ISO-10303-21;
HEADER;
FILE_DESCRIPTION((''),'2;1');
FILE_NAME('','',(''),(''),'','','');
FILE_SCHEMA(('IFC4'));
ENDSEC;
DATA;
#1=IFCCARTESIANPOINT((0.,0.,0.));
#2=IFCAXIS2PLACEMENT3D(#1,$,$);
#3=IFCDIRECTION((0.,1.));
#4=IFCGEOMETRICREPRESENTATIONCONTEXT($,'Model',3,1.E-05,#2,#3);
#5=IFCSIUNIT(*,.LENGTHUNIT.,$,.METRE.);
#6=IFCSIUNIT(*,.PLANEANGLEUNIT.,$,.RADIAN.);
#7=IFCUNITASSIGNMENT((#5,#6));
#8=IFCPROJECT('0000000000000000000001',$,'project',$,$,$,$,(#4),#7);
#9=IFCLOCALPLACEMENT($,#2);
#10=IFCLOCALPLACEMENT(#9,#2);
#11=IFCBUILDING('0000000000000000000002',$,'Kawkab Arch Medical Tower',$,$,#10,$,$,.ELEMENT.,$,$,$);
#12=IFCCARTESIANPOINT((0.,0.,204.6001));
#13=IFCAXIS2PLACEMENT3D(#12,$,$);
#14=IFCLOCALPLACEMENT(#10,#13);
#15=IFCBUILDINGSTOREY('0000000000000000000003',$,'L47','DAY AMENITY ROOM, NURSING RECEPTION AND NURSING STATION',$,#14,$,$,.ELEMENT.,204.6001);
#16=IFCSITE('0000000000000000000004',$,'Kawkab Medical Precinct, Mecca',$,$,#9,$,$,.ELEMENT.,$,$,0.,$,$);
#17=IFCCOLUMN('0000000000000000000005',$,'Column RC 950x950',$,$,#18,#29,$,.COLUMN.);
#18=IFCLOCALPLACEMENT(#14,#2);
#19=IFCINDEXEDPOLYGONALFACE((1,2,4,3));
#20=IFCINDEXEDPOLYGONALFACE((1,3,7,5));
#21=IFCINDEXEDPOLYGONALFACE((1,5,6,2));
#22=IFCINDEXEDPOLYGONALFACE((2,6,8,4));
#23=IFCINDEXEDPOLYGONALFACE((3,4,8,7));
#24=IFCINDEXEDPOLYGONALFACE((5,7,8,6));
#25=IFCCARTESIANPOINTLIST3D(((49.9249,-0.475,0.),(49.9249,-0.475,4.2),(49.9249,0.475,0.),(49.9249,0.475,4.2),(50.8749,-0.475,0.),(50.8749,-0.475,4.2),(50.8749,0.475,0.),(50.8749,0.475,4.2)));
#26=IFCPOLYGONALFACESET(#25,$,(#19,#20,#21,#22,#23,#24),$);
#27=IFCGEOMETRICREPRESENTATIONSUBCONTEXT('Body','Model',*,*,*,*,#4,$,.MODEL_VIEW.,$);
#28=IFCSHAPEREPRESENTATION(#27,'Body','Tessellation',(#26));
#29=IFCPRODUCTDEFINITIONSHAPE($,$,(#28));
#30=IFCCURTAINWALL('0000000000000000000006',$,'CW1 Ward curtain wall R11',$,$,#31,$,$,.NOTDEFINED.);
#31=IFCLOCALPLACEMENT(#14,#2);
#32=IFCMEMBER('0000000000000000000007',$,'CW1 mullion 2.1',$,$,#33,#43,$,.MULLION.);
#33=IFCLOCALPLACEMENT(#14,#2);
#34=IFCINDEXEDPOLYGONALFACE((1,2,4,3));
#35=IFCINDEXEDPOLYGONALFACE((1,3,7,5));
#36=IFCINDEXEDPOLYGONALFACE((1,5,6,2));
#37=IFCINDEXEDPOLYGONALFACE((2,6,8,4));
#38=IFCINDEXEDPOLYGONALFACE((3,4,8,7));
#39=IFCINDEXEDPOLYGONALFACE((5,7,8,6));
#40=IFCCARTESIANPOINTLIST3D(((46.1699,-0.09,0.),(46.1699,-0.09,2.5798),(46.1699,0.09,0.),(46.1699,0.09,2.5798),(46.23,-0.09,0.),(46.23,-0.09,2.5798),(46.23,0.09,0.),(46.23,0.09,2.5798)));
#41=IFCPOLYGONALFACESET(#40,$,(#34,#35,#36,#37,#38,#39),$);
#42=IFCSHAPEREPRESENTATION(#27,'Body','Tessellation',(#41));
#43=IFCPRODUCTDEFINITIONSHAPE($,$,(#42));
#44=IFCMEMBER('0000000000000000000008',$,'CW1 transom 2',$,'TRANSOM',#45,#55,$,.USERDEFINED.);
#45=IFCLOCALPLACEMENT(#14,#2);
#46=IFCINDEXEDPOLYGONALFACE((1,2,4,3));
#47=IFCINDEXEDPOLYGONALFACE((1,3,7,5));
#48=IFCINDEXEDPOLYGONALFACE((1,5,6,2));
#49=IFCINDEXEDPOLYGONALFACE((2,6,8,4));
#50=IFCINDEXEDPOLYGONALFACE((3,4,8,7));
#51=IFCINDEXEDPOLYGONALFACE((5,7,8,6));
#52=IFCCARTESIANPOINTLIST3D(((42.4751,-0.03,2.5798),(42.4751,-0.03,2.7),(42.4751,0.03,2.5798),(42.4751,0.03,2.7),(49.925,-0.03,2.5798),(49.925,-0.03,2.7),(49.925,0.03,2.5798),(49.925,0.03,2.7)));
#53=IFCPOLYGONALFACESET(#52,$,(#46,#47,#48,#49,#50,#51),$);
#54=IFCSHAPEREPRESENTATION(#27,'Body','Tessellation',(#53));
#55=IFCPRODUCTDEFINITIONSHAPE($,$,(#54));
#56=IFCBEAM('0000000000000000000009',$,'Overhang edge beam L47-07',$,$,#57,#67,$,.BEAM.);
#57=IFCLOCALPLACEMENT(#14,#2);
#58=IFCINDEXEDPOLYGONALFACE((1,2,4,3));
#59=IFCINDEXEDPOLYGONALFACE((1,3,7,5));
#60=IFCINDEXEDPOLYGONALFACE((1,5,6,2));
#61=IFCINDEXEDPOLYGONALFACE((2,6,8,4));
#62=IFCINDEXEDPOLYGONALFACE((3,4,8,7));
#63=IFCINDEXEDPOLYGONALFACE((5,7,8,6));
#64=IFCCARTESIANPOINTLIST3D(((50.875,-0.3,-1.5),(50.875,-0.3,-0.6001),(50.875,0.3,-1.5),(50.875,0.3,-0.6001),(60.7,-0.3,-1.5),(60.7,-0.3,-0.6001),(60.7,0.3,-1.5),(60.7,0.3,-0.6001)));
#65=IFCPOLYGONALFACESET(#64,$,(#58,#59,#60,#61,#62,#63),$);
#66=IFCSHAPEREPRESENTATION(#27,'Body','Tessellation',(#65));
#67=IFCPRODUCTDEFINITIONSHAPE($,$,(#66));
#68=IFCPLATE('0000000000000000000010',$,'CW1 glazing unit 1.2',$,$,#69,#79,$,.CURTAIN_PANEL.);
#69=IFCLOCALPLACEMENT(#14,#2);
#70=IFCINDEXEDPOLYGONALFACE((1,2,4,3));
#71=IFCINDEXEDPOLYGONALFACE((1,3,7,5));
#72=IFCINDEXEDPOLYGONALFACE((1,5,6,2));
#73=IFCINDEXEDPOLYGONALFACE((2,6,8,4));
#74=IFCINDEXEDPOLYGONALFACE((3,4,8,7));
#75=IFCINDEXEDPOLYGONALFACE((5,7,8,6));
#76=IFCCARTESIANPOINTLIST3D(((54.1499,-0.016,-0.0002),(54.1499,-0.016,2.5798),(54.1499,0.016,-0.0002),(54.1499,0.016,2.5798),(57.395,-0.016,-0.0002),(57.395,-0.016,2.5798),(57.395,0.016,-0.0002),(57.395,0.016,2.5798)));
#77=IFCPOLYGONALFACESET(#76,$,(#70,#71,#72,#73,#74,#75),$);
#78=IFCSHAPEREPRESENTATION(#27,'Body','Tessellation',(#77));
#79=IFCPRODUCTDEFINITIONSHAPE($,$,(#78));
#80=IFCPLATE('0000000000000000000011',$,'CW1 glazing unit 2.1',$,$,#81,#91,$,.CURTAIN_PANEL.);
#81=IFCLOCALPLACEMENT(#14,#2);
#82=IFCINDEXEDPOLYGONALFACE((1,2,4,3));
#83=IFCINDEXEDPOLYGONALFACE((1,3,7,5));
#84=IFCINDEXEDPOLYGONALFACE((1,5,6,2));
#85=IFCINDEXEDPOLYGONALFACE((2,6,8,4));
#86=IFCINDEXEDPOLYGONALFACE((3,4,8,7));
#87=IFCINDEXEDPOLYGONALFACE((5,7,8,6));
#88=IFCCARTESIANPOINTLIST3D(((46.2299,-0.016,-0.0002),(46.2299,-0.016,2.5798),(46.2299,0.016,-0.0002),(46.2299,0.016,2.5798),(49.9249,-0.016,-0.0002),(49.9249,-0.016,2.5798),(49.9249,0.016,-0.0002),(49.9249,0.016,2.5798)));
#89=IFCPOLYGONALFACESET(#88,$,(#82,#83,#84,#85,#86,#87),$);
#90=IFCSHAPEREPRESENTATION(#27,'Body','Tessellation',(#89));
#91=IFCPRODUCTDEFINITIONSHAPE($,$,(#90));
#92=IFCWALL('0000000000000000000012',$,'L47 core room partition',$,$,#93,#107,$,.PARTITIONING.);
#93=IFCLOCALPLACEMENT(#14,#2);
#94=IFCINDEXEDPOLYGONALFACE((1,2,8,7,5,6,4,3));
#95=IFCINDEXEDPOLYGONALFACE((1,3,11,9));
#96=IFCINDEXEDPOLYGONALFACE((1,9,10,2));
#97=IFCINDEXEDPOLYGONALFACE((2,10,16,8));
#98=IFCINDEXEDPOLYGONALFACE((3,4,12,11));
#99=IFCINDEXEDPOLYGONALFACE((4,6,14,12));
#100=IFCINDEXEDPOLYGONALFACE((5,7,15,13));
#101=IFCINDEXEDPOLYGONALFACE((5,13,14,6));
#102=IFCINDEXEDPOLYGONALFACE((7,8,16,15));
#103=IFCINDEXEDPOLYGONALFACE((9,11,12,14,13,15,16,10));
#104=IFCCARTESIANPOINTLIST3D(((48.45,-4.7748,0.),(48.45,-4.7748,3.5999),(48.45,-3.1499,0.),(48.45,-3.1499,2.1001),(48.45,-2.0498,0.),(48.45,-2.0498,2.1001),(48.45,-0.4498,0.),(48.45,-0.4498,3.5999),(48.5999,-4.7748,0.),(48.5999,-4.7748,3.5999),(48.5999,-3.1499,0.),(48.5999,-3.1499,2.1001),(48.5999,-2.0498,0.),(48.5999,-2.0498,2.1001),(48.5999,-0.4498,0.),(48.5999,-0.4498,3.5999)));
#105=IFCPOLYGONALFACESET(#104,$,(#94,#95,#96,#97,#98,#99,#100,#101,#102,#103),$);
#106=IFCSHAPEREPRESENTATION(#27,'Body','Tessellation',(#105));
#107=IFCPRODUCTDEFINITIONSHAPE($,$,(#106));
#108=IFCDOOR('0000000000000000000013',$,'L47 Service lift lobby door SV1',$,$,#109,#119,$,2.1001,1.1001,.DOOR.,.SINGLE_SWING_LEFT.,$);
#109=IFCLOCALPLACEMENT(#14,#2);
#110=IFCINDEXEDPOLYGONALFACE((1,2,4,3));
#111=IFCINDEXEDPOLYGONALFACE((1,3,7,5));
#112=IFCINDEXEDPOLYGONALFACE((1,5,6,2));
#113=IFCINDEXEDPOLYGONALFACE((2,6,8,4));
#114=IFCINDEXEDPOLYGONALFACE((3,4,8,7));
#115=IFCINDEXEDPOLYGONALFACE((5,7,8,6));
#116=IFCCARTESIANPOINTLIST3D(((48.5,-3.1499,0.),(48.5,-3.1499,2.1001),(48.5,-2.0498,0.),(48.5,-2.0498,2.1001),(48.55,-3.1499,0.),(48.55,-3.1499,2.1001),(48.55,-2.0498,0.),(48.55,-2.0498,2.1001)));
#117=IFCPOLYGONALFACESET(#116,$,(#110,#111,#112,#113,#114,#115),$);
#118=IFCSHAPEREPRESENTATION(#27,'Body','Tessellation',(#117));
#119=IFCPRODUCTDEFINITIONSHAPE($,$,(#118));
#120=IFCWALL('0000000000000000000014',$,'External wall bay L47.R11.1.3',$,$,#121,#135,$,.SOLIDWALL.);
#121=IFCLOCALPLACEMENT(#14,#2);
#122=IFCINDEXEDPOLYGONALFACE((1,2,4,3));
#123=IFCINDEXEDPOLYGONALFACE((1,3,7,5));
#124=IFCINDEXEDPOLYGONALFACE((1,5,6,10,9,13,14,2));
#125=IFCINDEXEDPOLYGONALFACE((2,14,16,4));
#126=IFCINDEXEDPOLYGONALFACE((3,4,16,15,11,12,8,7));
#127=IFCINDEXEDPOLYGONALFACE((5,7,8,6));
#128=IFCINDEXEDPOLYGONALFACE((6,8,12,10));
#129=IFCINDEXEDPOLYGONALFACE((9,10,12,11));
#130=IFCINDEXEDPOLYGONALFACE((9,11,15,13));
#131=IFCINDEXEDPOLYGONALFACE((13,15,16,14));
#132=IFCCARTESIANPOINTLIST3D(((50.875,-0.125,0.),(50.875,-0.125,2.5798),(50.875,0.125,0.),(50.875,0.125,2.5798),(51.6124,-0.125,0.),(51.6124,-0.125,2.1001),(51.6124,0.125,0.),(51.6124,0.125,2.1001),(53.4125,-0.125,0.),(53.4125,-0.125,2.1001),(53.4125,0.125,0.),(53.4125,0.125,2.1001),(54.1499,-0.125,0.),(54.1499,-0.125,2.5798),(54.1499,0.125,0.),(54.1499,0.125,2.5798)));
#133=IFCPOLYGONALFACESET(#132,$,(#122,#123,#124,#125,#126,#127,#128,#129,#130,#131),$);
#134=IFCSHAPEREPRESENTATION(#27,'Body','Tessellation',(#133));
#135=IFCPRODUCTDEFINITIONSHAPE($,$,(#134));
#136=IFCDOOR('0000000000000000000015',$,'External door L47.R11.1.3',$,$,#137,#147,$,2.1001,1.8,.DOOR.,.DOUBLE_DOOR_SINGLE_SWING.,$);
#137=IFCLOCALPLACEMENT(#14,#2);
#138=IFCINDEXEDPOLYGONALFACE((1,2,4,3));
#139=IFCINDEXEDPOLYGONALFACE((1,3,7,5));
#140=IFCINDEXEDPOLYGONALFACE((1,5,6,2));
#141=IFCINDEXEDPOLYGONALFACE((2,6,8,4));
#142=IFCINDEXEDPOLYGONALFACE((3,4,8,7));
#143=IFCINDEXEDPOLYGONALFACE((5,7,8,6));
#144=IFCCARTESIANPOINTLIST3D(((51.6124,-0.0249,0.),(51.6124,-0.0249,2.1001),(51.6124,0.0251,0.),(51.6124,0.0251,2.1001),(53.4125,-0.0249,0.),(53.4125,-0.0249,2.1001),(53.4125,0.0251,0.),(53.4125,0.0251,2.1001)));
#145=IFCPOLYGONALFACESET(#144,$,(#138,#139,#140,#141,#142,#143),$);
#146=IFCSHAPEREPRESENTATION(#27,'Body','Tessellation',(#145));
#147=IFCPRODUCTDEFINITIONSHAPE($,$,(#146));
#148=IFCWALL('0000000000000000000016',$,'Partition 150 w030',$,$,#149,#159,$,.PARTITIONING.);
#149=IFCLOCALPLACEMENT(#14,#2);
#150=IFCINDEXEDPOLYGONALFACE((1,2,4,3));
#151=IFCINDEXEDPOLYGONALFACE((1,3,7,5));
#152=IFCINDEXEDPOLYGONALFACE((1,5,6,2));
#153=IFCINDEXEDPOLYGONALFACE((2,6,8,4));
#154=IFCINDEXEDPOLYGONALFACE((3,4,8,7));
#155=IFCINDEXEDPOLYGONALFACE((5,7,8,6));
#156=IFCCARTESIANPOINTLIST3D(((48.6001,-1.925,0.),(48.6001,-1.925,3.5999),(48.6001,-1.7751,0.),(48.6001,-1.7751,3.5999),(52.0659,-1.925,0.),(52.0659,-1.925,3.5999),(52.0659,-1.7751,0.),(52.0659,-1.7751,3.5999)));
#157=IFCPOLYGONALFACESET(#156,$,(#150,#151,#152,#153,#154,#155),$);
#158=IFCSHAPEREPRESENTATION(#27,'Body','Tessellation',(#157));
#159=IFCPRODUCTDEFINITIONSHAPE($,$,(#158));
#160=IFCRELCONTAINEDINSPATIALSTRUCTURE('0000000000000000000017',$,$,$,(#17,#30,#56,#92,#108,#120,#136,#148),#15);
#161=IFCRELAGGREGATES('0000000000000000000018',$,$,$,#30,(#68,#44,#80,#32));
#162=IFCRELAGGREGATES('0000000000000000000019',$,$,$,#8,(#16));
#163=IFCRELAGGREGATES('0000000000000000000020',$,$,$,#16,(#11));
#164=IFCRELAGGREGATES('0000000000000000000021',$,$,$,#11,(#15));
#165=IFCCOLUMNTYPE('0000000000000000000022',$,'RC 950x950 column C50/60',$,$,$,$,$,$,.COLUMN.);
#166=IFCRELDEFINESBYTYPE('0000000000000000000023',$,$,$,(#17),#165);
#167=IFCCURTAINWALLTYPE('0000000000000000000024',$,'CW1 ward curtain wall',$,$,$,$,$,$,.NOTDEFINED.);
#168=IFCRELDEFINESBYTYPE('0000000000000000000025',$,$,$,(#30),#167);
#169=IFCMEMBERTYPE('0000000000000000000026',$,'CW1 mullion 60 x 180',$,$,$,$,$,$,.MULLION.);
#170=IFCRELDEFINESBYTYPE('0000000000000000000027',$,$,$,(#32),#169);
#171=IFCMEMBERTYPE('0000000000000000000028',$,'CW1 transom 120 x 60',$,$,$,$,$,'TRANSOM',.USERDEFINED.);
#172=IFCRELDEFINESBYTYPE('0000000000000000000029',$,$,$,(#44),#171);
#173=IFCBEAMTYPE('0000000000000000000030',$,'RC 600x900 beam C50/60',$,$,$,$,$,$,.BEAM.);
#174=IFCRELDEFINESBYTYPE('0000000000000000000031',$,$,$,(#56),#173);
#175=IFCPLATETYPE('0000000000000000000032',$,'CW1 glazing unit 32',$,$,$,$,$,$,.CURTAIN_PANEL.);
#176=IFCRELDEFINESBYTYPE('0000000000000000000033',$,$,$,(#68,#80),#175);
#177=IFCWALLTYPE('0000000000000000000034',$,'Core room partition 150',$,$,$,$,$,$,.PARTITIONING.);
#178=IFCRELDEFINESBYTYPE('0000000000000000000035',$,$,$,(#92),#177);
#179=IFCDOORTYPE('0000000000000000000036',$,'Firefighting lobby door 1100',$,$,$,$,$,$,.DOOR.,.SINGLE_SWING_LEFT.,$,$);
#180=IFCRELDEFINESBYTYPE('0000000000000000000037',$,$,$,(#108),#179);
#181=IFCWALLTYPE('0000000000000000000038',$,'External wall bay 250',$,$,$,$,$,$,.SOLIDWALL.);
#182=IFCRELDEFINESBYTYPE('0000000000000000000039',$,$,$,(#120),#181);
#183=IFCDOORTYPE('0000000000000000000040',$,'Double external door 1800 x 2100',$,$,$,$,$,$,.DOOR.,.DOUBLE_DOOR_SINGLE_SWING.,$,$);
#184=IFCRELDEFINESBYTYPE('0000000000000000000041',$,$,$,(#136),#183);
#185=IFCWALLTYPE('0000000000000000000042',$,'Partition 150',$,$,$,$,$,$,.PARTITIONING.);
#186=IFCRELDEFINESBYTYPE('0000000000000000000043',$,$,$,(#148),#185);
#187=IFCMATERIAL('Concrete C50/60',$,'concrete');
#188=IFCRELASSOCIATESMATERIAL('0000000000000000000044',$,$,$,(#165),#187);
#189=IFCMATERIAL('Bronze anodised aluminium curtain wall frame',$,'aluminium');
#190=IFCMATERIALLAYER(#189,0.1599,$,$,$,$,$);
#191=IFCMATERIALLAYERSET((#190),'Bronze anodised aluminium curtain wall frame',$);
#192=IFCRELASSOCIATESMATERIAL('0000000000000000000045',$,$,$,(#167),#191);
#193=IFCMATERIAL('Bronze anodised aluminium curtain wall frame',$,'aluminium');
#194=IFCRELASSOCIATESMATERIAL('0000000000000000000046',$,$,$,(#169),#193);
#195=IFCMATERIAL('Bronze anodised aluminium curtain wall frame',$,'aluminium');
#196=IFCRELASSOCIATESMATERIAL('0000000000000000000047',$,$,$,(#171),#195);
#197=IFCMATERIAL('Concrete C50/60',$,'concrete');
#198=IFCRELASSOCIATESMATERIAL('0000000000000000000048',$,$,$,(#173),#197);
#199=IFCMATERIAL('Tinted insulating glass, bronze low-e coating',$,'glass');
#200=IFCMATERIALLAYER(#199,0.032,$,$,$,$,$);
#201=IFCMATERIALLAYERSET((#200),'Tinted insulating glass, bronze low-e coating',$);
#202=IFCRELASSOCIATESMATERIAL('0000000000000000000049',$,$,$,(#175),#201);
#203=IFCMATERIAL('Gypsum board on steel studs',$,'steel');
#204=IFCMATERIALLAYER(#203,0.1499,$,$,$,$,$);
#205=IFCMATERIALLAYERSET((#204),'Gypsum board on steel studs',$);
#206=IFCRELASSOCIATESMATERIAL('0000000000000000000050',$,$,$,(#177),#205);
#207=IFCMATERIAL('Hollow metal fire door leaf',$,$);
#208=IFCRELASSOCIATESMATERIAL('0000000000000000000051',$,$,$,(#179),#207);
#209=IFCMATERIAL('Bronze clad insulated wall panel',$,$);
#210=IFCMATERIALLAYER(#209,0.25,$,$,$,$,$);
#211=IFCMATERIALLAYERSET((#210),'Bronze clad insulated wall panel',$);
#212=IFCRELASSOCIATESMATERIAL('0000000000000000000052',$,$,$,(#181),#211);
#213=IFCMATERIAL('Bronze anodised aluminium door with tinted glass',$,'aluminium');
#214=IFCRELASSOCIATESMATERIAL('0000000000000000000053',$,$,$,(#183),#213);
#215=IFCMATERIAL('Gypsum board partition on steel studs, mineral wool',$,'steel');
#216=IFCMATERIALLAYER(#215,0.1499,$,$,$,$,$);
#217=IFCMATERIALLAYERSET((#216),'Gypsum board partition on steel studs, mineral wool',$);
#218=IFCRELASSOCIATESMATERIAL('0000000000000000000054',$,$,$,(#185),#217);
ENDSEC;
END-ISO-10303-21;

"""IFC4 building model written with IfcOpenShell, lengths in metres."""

from ifc_helpers import new_model, si_unit, direction, frame, frame_2d, origin, origin_2d, place, context, subcontext, project, spatial, rectangle, extrude, material, layer, layer_set, material_profile, profile_set, type_object, element, fill, aggregate, save


model = new_model("IFC4")

# Units and contexts
model_context = context("Model", 3, precision=1e-05, world=origin(), true_north=direction((0.0, 1.0)))
body_context = subcontext(model_context, "Body", "Model", "MODEL_VIEW")
ifc_project = project(units=[si_unit("LENGTHUNIT", "METRE"), si_unit("PLANEANGLEUNIT", "RADIAN")], contexts=[model_context])

# Site, building, storey
site_placement = place(None, origin())
site = spatial("IfcSite", under=ifc_project, at=site_placement, Name="Kawkab Medical Precinct, Mecca", CompositionType="ELEMENT", RefElevation=0.0)
building_placement = place(site_placement, origin())
building = spatial("IfcBuilding", under=site, at=building_placement, Name="Kawkab Arch Medical Tower", CompositionType="ELEMENT")
storey_placement = place(building_placement, frame((0.0, 0.0, 204.6001)))
storey = spatial("IfcBuildingStorey", under=building, at=storey_placement, Name="L47", Description="DAY AMENITY ROOM, NURSING RECEPTION AND NURSING STATION", CompositionType="ELEMENT", Elevation=204.6001)

# Column
ifc_material_1 = material(Name="Concrete C50/60", Category="concrete")
ifc_material_profile_1 = material_profile(ifc_material_1, rectangle(XDim=0.95, YDim=0.95, at=origin_2d()), Name="RC 950x950")
ifc_profile_set_1 = profile_set([ifc_material_profile_1], Name="Concrete C50/60")
column_type = type_object("IfcColumnType", Name="RC 950x950 column C50/60", PredefinedType="COLUMN", material=ifc_profile_set_1)
column_placement = place(storey_placement, frame((50.3999, 0.0, 0.0), z_axis=(0.0, 0.0, 1.0), x_axis=(1.0, 0.0, 0.0)))
element("IfcColumn", 1, at=column_placement, inside=storey, type_object=column_type, Name="Column RC 950x950", PredefinedType="COLUMN", context=body_context, shape_type="SweptSolid", body=[
    extrude(rectangle(XDim=0.95, YDim=0.95, at=origin_2d()), origin(), (0.0, 0.0, 1.0), 4.2),
])

# Curtain wall, members
ifc_material_2 = material(Name="Bronze anodised aluminium curtain wall frame", Category="aluminium")
ifc_layer_1 = layer(ifc_material_2, 0.1599)
ifc_layer_set_1 = layer_set([ifc_layer_1], Name="Bronze anodised aluminium curtain wall frame")
curtain_wall_type = type_object("IfcCurtainWallType", Name="CW1 ward curtain wall", PredefinedType="NOTDEFINED", material=ifc_layer_set_1)
curtain_wall_placement = place(storey_placement, origin())
curtain_wall = element("IfcCurtainWall", 2, at=curtain_wall_placement, inside=storey, type_object=curtain_wall_type, Name="CW1 Ward curtain wall R11", PredefinedType="NOTDEFINED")
ifc_material_3 = material(Name="Bronze anodised aluminium curtain wall frame", Category="aluminium")
ifc_material_profile_2 = material_profile(ifc_material_3, rectangle(XDim=0.1799, YDim=0.0601, at=origin_2d()), Name="AL 60x180")
ifc_profile_set_2 = profile_set([ifc_material_profile_2], Name="Bronze anodised aluminium curtain wall frame")
member_type_1 = type_object("IfcMemberType", Name="CW1 mullion 60 x 180", PredefinedType="MULLION", material=ifc_profile_set_2)
member_1_placement = place(storey_placement, frame((46.2, 0.0, 0.0), z_axis=(0.0, 0.0, 1.0), x_axis=(0.0, -1.0, 0.0)))
member_1 = element("IfcMember", 3, at=member_1_placement, type_object=member_type_1, Name="CW1 mullion 2.1", PredefinedType="MULLION", context=body_context, shape_type="SweptSolid", body=[
    extrude(rectangle(XDim=0.1799, YDim=0.0601, at=origin_2d()), origin(), (0.0, 0.0, 1.0), 2.5798),
])
ifc_material_4 = material(Name="Bronze anodised aluminium curtain wall frame", Category="aluminium")
ifc_material_profile_3 = material_profile(ifc_material_4, rectangle(XDim=0.0601, YDim=0.1201, at=origin_2d()), Name="AL 60x120")
ifc_profile_set_3 = profile_set([ifc_material_profile_3], Name="Bronze anodised aluminium curtain wall frame")
member_type_2 = type_object("IfcMemberType", Name="CW1 transom 120 x 60", ElementType="TRANSOM", PredefinedType="USERDEFINED", material=ifc_profile_set_3)
member_2_placement = place(storey_placement, frame((49.925, 0.0, 2.6399), z_axis=(-1.0, 0.0, 0.0), x_axis=(0.0, -1.0, 0.0)))
member_2 = element("IfcMember", 4, at=member_2_placement, type_object=member_type_2, Name="CW1 transom 2", ObjectType="TRANSOM", PredefinedType="USERDEFINED", context=body_context, shape_type="SweptSolid", body=[
    extrude(rectangle(XDim=0.0601, YDim=0.1201, at=origin_2d()), origin(), (0.0, 0.0, 1.0), 7.45),
])

# Beam
ifc_material_5 = material(Name="Concrete C50/60", Category="concrete")
ifc_material_profile_4 = material_profile(ifc_material_5, rectangle(XDim=0.6001, YDim=0.8999, at=origin_2d()), Name="RC 600x900")
ifc_profile_set_4 = profile_set([ifc_material_profile_4], Name="Concrete C50/60")
beam_type = type_object("IfcBeamType", Name="RC 600x900 beam C50/60", PredefinedType="BEAM", material=ifc_profile_set_4)
beam_placement = place(storey_placement, frame((50.875, 0.0, -1.05), z_axis=(1.0, 0.0, 0.0), x_axis=(0.0, 1.0, 0.0)))
element("IfcBeam", 5, at=beam_placement, inside=storey, type_object=beam_type, Name="Overhang edge beam L47-07", PredefinedType="BEAM", context=body_context, shape_type="SweptSolid", body=[
    extrude(rectangle(XDim=0.6001, YDim=0.8999, at=origin_2d()), origin(), (0.0, 0.0, 1.0), 9.825),
])

# Plates
ifc_material_6 = material(Name="Tinted insulating glass, bronze low-e coating", Category="glass")
ifc_layer_2 = layer(ifc_material_6, 0.032)
ifc_layer_set_2 = layer_set([ifc_layer_2], Name="Tinted insulating glass, bronze low-e coating")
plate_type = type_object("IfcPlateType", Name="CW1 glazing unit 32", PredefinedType="CURTAIN_PANEL", material=ifc_layer_set_2)
plate_1_placement = place(storey_placement, frame((55.7725, 0.0, -0.0002), z_axis=(0.0, 0.0, 1.0), x_axis=(-1.0, 0.0, 0.0)))
plate_1 = element("IfcPlate", 6, at=plate_1_placement, type_object=plate_type, Name="CW1 glazing unit 1.2", PredefinedType="CURTAIN_PANEL", context=body_context, shape_type="SweptSolid", body=[
    extrude(rectangle(XDim=3.2451, YDim=0.032, at=origin_2d()), origin(), (0.0, 0.0, 1.0), 2.5801),
])
plate_2_placement = place(storey_placement, frame((48.0774, 0.0, -0.0002), z_axis=(0.0, 0.0, 1.0), x_axis=(-1.0, 0.0, 0.0)))
plate_2 = element("IfcPlate", 7, at=plate_2_placement, type_object=plate_type, Name="CW1 glazing unit 2.1", PredefinedType="CURTAIN_PANEL", context=body_context, shape_type="SweptSolid", body=[
    extrude(rectangle(XDim=3.6951, YDim=0.032, at=origin_2d()), origin(), (0.0, 0.0, 1.0), 2.5801),
])
aggregate(curtain_wall, [plate_1, member_2, plate_2, member_1])

# Walls, openings, doors
ifc_material_7 = material(Name="Gypsum board on steel studs", Category="steel")
ifc_layer_3 = layer(ifc_material_7, 0.1499)
ifc_layer_set_3 = layer_set([ifc_layer_3], Name="Gypsum board on steel studs")
wall_type_1 = type_object("IfcWallType", Name="Core room partition 150", PredefinedType="PARTITIONING", material=ifc_layer_set_3)
wall_1_placement = place(storey_placement, frame((48.5249, -4.7749, 0.0), z_axis=(0.0, 0.0, 1.0), x_axis=(0.0, 1.0, 0.0)))
wall_1 = element("IfcWall", 8, at=wall_1_placement, inside=storey, type_object=wall_type_1, Name="L47 core room partition", PredefinedType="PARTITIONING", context=body_context, shape_type="SweptSolid", body=[
    extrude(rectangle(XDim=4.325, YDim=0.1499, at=frame_2d((2.1626, 0.0))), origin(), (0.0, 0.0, 1.0), 3.5999),
])
opening_1_placement = place(wall_1_placement, frame((1.625, 0.0, 0.0)))
opening_1 = element("IfcOpeningElement", 9, at=opening_1_placement, cuts=wall_1, PredefinedType="OPENING", context=body_context, shape_type="SweptSolid", body=[
    extrude(rectangle(XDim=1.1001, YDim=2.1001, at=frame_2d((0.55, 1.05))), frame((0.0, 0.085, 0.0), z_axis=(0.0, -1.0, 0.0), x_axis=(1.0, 0.0, 0.0)), (0.0, 0.0, 1.0), 0.1699),
])
ifc_material_8 = material(Name="Hollow metal fire door leaf")
door_type_1 = type_object("IfcDoorType", Name="Firefighting lobby door 1100", OperationType="SINGLE_SWING_LEFT", PredefinedType="DOOR", material=ifc_material_8)
door_1_placement = place(opening_1_placement, origin())
door_1 = element("IfcDoor", 10, at=door_1_placement, inside=storey, type_object=door_type_1, Name="L47 Service lift lobby door SV1", OperationType="SINGLE_SWING_LEFT", OverallHeight=2.1001, OverallWidth=1.1001, PredefinedType="DOOR", context=body_context, shape_type="SweptSolid", body=[
    extrude(rectangle(XDim=1.1001, YDim=2.1001, at=frame_2d((0.55, 1.05))), frame((0.0, 0.0249, 0.0), z_axis=(0.0, -1.0, 0.0), x_axis=(1.0, 0.0, 0.0)), (0.0, 0.0, 1.0), 0.05),
])
fill(opening_1, door_1)
ifc_material_9 = material(Name="Bronze clad insulated wall panel")
ifc_layer_4 = layer(ifc_material_9, 0.25)
ifc_layer_set_4 = layer_set([ifc_layer_4], Name="Bronze clad insulated wall panel")
wall_type_2 = type_object("IfcWallType", Name="External wall bay 250", PredefinedType="SOLIDWALL", material=ifc_layer_set_4)
wall_2_placement = place(storey_placement, frame((54.1499, 0.0, 0.0), z_axis=(0.0, 0.0, 1.0), x_axis=(-1.0, 0.0, 0.0)))
wall_2 = element("IfcWall", 11, at=wall_2_placement, inside=storey, type_object=wall_type_2, Name="External wall bay L47.R11.1.3", PredefinedType="SOLIDWALL", context=body_context, shape_type="SweptSolid", body=[
    extrude(rectangle(XDim=3.2749, YDim=0.25, at=frame_2d((1.6375, 0.0))), origin(), (0.0, 0.0, 1.0), 2.5798),
])
opening_2_placement = place(wall_2_placement, frame((0.7375, 0.0, 0.0)))
opening_2 = element("IfcOpeningElement", 12, at=opening_2_placement, cuts=wall_2, PredefinedType="OPENING", context=body_context, shape_type="SweptSolid", body=[
    extrude(rectangle(XDim=1.8, YDim=2.1001, at=frame_2d((0.8999, 1.05))), frame((0.0, 0.135, 0.0), z_axis=(0.0, -1.0, 0.0), x_axis=(1.0, 0.0, 0.0)), (0.0, 0.0, 1.0), 0.27),
])
ifc_material_10 = material(Name="Bronze anodised aluminium door with tinted glass", Category="aluminium")
door_type_2 = type_object("IfcDoorType", Name="Double external door 1800 x 2100", OperationType="DOUBLE_DOOR_SINGLE_SWING", PredefinedType="DOOR", material=ifc_material_10)
door_2_placement = place(opening_2_placement, origin())
door_2 = element("IfcDoor", 13, at=door_2_placement, inside=storey, type_object=door_type_2, Name="External door L47.R11.1.3", OperationType="DOUBLE_DOOR_SINGLE_SWING", OverallHeight=2.1001, OverallWidth=1.8, PredefinedType="DOOR", context=body_context, shape_type="SweptSolid", body=[
    extrude(rectangle(XDim=1.8, YDim=2.1001, at=frame_2d((0.8999, 1.05))), frame((0.0, 0.0249, 0.0), z_axis=(0.0, -1.0, 0.0), x_axis=(1.0, 0.0, 0.0)), (0.0, 0.0, 1.0), 0.05),
])
fill(opening_2, door_2)

# Wall
ifc_material_11 = material(Name="Gypsum board partition on steel studs, mineral wool", Category="steel")
ifc_layer_5 = layer(ifc_material_11, 0.1499)
ifc_layer_set_5 = layer_set([ifc_layer_5], Name="Gypsum board partition on steel studs, mineral wool")
wall_type_3 = type_object("IfcWallType", Name="Partition 150", PredefinedType="PARTITIONING", material=ifc_layer_set_5)
wall_3_placement = place(storey_placement, frame((48.6001, -1.8501, 0.0), z_axis=(0.0, 0.0, 1.0), x_axis=(1.0, 0.0, 0.0)))
element("IfcWall", 14, at=wall_3_placement, inside=storey, type_object=wall_type_3, Name="Partition 150 w030", PredefinedType="PARTITIONING", context=body_context, shape_type="SweptSolid", body=[
    extrude(rectangle(XDim=3.4658, YDim=0.1499, at=frame_2d((1.7329, 0.0))), origin(), (0.0, 0.0, 1.0), 3.5999),
])

save(model, "model.ifc")
